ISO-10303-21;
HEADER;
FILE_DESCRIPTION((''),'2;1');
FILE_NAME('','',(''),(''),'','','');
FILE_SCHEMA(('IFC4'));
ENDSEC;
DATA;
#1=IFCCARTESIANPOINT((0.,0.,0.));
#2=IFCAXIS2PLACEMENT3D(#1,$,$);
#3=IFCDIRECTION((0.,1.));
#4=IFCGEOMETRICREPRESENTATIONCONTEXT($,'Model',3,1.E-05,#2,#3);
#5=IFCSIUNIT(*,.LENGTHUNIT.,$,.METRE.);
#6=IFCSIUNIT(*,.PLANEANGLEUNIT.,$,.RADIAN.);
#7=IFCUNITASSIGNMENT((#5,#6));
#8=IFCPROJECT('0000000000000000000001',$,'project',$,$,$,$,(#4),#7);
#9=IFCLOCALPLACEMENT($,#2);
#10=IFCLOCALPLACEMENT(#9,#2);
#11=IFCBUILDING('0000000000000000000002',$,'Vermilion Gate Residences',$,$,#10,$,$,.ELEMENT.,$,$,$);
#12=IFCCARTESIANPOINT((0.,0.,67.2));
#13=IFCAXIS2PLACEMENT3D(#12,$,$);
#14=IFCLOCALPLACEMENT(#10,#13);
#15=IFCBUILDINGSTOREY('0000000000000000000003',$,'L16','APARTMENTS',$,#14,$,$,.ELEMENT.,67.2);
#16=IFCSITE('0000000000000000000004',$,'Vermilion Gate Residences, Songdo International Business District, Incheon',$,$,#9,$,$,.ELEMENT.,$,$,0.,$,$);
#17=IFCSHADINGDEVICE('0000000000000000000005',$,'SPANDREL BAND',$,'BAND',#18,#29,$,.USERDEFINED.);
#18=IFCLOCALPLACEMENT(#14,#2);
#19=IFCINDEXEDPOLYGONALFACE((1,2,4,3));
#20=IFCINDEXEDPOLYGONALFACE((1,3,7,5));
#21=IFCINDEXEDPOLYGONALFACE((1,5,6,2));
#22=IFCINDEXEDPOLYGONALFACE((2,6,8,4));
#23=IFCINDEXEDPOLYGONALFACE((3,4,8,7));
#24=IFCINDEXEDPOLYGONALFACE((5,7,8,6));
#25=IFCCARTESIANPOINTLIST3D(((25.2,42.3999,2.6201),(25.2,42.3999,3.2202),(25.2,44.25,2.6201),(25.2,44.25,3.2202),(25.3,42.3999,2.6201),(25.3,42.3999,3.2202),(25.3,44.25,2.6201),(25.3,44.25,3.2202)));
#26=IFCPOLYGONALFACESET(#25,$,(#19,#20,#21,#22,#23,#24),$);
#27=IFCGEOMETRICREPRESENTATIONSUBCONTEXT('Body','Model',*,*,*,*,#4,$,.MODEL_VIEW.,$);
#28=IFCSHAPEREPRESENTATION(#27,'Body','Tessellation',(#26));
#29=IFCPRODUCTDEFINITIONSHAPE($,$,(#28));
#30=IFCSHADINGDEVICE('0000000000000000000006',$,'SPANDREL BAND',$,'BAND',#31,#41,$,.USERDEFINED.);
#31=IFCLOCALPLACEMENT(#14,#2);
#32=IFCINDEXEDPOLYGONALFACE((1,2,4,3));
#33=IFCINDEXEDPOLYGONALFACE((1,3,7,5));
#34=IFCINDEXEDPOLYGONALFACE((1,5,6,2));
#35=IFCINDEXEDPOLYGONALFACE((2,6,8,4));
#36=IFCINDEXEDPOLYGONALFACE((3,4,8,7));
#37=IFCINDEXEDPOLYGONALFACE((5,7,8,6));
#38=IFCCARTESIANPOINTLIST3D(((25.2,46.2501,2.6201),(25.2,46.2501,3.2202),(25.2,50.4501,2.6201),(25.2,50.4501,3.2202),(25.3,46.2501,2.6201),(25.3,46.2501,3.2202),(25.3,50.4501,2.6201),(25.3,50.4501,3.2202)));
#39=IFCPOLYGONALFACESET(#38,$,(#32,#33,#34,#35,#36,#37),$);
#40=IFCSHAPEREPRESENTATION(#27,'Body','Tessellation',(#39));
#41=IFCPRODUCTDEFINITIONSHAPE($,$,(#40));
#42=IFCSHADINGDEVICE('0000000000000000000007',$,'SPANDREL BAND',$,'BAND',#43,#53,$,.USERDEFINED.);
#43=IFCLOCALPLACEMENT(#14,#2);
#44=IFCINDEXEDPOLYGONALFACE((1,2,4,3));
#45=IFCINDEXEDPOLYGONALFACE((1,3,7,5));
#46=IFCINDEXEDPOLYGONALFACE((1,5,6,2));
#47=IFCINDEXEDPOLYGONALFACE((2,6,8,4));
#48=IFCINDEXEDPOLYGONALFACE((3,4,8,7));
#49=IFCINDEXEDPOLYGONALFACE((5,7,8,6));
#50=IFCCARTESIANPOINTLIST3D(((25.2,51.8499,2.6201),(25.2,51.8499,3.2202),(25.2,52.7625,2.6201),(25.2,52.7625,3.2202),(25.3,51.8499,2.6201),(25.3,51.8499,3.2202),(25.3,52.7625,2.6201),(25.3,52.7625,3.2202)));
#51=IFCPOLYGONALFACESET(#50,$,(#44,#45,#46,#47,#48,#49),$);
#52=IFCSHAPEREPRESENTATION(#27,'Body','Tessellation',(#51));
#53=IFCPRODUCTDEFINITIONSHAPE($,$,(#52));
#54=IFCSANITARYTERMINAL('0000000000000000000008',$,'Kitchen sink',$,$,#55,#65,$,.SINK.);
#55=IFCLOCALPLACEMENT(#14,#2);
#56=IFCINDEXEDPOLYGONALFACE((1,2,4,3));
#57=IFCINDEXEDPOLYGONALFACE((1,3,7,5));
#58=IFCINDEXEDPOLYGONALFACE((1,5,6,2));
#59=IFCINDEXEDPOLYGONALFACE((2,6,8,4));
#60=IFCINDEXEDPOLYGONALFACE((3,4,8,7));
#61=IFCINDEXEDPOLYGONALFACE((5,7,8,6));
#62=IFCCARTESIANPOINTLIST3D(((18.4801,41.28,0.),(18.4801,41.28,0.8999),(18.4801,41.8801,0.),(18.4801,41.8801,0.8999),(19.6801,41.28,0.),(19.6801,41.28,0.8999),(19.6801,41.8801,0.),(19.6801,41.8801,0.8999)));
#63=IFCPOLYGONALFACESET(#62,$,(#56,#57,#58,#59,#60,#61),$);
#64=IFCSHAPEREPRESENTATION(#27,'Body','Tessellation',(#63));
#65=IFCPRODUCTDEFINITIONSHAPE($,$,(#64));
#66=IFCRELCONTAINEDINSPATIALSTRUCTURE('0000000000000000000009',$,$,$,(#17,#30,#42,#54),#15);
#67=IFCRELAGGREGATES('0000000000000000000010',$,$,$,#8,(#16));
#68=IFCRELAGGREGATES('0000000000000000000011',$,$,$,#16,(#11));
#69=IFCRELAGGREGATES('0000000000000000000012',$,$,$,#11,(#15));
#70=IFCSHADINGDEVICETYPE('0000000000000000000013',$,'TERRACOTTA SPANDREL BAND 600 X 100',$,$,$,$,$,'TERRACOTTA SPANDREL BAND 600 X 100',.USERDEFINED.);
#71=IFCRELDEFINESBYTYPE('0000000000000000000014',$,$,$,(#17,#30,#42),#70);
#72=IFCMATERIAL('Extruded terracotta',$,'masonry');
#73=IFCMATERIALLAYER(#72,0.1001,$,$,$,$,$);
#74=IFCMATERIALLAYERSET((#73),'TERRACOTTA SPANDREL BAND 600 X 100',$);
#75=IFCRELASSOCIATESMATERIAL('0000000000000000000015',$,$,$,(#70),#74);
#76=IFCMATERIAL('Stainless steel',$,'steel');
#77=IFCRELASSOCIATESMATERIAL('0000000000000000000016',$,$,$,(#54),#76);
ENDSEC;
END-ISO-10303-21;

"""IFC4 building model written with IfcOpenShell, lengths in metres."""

from ifc_helpers import new_model, si_unit, direction, frame, origin, origin_2d, place, context, subcontext, project, spatial, rectangle, extrude, material, layer, layer_set, type_object, element, save


model = new_model("IFC4")

# Units and contexts
model_context = context("Model", 3, precision=1e-05, world=origin(), true_north=direction((0.0, 1.0)))
body_context = subcontext(model_context, "Body", "Model", "MODEL_VIEW")
ifc_project = project(units=[si_unit("LENGTHUNIT", "METRE"), si_unit("PLANEANGLEUNIT", "RADIAN")], contexts=[model_context])

# Site, building, storey
site_placement = place(None, origin())
site = spatial("IfcSite", under=ifc_project, at=site_placement, Name="Vermilion Gate Residences, Songdo International Business District, Incheon", CompositionType="ELEMENT", RefElevation=0.0)
building_placement = place(site_placement, origin())
building = spatial("IfcBuilding", under=site, at=building_placement, Name="Vermilion Gate Residences", CompositionType="ELEMENT")
storey_placement = place(building_placement, frame((0.0, 0.0, 67.2)))
storey = spatial("IfcBuildingStorey", under=building, at=storey_placement, Name="L16", Description="APARTMENTS", CompositionType="ELEMENT", Elevation=67.2)

# Shading devices
ifc_material_1 = material(Name="Extruded terracotta", Category="masonry")
ifc_layer_1 = layer(ifc_material_1, 0.1001)
ifc_layer_set_1 = layer_set([ifc_layer_1], Name="TERRACOTTA SPANDREL BAND 600 X 100")
shading_device_type = type_object("IfcShadingDeviceType", Name="TERRACOTTA SPANDREL BAND 600 X 100", ElementType="TERRACOTTA SPANDREL BAND 600 X 100", PredefinedType="USERDEFINED", material=ifc_layer_set_1)
shading_device_1_placement = place(storey_placement, frame((25.25, 43.325, 2.6201), z_axis=(0.0, 0.0, 1.0), x_axis=(0.0, 1.0, 0.0)))
element("IfcShadingDevice", 1, at=shading_device_1_placement, inside=storey, type_object=shading_device_type, Name="SPANDREL BAND", ObjectType="BAND", PredefinedType="USERDEFINED", context=body_context, shape_type="SweptSolid", body=[
    extrude(rectangle(XDim=1.8501, YDim=0.1001, at=origin_2d()), origin(), (0.0, 0.0, 1.0), 0.6001),
])
shading_device_2_placement = place(storey_placement, frame((25.25, 48.3501, 2.6201), z_axis=(0.0, 0.0, 1.0), x_axis=(0.0, 1.0, 0.0)))
element("IfcShadingDevice", 2, at=shading_device_2_placement, inside=storey, type_object=shading_device_type, Name="SPANDREL BAND", ObjectType="BAND", PredefinedType="USERDEFINED", context=body_context, shape_type="SweptSolid", body=[
    extrude(rectangle(XDim=4.2, YDim=0.1001, at=origin_2d()), origin(), (0.0, 0.0, 1.0), 0.6001),
])
shading_device_3_placement = place(storey_placement, frame((25.25, 52.3062, 2.6201), z_axis=(0.0, 0.0, 1.0), x_axis=(0.0, 1.0, 0.0)))
element("IfcShadingDevice", 3, at=shading_device_3_placement, inside=storey, type_object=shading_device_type, Name="SPANDREL BAND", ObjectType="BAND", PredefinedType="USERDEFINED", context=body_context, shape_type="SweptSolid", body=[
    extrude(rectangle(XDim=0.9126, YDim=0.1001, at=origin_2d()), origin(), (0.0, 0.0, 1.0), 0.6001),
])

# Sanitary terminal
ifc_material_2 = material(Name="Stainless steel", Category="steel")
sanitary_terminal_placement = place(storey_placement, frame((19.0801, 41.5801, 0.0), z_axis=(0.0, 0.0, 1.0), x_axis=(1.0, 0.0, 0.0)))
element("IfcSanitaryTerminal", 4, at=sanitary_terminal_placement, inside=storey, material=ifc_material_2, Name="Kitchen sink", PredefinedType="SINK", context=body_context, shape_type="SweptSolid", body=[
    extrude(rectangle(XDim=1.2, YDim=0.6001, at=origin_2d()), origin(), (0.0, 0.0, 1.0), 0.8999),
])

save(model, "model.ifc")
